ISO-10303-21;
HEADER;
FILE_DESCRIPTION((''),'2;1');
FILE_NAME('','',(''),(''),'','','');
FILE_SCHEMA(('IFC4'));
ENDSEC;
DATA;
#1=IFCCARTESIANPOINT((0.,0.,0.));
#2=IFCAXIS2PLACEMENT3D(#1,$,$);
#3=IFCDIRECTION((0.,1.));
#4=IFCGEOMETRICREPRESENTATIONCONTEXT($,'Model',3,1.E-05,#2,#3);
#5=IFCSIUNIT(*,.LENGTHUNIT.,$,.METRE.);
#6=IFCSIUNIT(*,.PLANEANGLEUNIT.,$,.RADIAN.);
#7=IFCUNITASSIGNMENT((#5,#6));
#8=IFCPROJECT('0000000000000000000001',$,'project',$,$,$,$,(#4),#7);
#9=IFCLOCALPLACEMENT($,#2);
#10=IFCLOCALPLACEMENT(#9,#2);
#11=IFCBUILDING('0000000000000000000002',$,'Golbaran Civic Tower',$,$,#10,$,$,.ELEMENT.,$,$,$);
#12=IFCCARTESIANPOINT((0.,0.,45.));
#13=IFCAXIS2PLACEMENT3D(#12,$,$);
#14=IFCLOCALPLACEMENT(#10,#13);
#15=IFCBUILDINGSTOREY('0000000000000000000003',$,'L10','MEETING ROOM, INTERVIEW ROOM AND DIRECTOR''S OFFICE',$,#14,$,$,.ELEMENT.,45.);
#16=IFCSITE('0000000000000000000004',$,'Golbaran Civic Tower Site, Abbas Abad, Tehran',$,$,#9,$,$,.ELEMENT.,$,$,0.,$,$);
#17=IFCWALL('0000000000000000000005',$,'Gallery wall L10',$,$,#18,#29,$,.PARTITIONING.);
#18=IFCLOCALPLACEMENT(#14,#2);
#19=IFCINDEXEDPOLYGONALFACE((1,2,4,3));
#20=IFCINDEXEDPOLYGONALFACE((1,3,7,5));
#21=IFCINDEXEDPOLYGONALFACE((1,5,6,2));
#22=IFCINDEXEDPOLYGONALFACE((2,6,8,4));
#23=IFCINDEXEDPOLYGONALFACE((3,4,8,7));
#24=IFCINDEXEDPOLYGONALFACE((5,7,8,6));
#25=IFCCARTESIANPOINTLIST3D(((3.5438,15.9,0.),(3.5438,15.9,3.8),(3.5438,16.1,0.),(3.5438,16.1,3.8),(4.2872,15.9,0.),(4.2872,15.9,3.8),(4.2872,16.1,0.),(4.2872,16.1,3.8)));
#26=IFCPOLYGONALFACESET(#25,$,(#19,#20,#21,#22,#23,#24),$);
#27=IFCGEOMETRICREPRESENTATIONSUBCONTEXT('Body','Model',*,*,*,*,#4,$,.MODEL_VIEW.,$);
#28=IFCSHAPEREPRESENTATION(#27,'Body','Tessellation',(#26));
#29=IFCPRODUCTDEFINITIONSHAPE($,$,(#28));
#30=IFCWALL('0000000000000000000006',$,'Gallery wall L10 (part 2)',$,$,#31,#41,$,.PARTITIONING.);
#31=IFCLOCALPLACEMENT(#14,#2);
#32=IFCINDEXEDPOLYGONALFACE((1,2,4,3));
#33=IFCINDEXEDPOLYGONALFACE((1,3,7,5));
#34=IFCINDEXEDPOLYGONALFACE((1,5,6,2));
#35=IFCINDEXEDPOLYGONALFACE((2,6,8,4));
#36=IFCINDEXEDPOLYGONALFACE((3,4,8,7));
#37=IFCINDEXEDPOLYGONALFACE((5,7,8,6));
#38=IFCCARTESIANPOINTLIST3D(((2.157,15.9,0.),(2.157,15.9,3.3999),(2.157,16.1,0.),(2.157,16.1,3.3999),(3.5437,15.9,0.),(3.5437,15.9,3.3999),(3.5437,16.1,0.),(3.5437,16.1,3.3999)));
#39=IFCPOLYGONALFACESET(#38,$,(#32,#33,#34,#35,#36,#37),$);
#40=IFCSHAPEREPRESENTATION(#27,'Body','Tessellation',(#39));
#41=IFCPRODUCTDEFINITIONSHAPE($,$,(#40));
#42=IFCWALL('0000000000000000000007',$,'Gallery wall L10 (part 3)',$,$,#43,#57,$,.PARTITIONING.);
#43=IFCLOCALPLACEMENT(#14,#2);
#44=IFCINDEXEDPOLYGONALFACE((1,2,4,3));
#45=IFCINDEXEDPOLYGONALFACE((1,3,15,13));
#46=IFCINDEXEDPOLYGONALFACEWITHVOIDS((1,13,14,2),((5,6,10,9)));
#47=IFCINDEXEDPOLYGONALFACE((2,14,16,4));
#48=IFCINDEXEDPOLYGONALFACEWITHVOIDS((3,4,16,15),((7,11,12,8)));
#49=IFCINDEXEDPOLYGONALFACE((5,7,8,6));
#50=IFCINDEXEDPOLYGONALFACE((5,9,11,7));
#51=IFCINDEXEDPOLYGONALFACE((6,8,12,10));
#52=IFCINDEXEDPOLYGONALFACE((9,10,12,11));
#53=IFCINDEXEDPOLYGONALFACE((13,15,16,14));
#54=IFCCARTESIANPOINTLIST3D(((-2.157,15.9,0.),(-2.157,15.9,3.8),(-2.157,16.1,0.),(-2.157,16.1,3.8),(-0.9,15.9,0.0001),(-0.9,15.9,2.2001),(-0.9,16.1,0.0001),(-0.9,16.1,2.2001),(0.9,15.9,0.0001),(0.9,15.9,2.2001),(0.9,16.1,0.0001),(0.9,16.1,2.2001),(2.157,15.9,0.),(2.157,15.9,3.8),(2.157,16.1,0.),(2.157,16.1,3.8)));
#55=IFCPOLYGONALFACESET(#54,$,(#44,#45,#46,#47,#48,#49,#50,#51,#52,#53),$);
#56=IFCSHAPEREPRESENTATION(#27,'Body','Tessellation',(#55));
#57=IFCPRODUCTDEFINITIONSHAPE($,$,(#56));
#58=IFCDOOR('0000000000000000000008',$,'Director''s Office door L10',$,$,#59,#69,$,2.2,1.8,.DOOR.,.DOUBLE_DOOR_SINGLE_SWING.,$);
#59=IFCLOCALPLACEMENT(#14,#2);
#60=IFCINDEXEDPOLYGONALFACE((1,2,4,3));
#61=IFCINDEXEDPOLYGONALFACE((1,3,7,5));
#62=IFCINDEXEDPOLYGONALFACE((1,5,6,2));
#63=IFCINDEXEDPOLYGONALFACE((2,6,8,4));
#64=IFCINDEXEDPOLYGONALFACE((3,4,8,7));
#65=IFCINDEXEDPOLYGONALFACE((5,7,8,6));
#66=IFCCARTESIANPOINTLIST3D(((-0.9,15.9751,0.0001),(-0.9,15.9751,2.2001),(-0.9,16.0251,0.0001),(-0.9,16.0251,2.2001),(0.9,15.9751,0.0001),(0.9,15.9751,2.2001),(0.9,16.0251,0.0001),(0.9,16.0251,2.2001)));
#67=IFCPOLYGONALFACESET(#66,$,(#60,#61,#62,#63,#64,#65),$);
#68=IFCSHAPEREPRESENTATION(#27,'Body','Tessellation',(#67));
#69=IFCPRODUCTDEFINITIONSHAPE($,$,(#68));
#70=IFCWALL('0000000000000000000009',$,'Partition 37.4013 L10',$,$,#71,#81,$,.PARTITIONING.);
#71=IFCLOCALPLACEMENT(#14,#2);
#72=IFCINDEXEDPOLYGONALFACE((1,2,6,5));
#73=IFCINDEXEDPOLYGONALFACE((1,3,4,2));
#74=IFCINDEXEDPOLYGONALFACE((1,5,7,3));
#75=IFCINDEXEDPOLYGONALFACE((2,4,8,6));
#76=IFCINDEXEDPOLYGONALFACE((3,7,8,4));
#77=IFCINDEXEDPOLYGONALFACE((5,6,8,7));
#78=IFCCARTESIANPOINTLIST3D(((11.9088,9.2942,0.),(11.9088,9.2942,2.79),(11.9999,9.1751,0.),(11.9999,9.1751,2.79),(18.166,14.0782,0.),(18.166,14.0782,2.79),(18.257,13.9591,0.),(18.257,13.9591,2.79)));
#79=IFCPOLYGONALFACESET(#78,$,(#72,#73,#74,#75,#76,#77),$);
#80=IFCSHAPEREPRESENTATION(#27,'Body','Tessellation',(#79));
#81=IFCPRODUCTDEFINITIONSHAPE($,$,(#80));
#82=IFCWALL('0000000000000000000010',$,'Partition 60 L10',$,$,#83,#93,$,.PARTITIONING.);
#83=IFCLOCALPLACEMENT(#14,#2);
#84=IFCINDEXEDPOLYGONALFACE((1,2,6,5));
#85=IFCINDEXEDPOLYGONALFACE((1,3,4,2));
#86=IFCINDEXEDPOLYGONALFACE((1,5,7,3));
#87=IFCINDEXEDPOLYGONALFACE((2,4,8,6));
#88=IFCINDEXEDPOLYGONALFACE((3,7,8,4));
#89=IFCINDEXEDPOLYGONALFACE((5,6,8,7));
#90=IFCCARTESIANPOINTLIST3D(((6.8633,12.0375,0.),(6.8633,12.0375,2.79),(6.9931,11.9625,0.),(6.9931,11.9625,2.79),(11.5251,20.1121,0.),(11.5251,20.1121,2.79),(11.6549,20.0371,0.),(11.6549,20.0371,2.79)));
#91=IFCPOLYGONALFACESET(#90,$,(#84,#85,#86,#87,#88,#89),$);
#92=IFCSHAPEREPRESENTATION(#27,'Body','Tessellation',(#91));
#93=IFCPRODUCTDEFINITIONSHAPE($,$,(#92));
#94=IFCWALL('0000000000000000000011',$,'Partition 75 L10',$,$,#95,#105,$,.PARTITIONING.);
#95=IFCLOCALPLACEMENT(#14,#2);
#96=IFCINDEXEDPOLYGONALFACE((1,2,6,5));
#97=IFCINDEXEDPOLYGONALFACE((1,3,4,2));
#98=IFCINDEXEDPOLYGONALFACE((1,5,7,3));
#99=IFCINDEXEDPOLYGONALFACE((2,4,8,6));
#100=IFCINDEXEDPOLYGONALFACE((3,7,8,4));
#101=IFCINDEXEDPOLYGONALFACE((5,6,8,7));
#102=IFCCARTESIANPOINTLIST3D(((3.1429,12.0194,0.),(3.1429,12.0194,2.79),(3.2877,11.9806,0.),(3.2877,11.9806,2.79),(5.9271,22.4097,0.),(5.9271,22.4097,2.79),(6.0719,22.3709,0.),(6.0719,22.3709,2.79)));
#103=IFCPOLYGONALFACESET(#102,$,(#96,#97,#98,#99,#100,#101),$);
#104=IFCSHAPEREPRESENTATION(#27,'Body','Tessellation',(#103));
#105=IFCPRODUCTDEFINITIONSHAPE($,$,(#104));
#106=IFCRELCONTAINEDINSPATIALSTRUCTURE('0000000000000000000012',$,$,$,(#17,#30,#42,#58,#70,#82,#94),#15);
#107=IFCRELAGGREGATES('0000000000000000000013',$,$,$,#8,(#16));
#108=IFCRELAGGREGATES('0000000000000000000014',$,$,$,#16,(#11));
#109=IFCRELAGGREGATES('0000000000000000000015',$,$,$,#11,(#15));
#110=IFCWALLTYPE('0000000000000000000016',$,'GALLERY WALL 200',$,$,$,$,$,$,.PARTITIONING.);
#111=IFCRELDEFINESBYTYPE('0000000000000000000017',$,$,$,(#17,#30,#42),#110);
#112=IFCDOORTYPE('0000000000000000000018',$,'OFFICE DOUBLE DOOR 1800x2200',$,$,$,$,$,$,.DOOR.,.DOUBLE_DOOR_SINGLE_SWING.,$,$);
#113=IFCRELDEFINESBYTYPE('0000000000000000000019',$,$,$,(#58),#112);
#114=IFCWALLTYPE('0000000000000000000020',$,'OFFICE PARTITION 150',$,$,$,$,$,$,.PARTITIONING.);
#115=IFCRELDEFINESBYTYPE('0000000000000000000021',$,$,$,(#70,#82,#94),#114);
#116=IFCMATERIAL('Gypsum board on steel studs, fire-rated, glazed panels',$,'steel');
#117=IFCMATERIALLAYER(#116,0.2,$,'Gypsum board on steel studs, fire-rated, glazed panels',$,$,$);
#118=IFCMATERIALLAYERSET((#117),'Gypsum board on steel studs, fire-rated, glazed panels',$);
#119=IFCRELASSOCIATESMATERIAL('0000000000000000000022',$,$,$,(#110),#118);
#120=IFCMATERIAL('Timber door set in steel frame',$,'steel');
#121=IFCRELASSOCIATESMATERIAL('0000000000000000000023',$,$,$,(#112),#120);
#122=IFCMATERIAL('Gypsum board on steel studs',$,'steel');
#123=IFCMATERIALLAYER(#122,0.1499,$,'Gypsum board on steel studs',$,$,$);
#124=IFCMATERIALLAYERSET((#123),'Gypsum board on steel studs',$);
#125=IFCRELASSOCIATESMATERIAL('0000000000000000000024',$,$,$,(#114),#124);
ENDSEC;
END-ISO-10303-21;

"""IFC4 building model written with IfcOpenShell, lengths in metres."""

from ifc_helpers import new_model, si_unit, direction, frame, frame_2d, origin, place, context, subcontext, project, spatial, rectangle, extrude, material, layer, layer_set, type_object, element, fill, save


model = new_model("IFC4")

# Units and contexts
model_context = context("Model", 3, precision=1e-05, world=origin(), true_north=direction((0.0, 1.0)))
body_context = subcontext(model_context, "Body", "Model", "MODEL_VIEW")
ifc_project = project(units=[si_unit("LENGTHUNIT", "METRE"), si_unit("PLANEANGLEUNIT", "RADIAN")], contexts=[model_context])

# Site, building, storey
site_placement = place(None, origin())
site = spatial("IfcSite", under=ifc_project, at=site_placement, Name="Golbaran Civic Tower Site, Abbas Abad, Tehran", CompositionType="ELEMENT", RefElevation=0.0)
building_placement = place(site_placement, origin())
building = spatial("IfcBuilding", under=site, at=building_placement, Name="Golbaran Civic Tower", CompositionType="ELEMENT")
storey_placement = place(building_placement, frame((0.0, 0.0, 45.0)))
storey = spatial("IfcBuildingStorey", under=building, at=storey_placement, Name="L10", Description="MEETING ROOM, INTERVIEW ROOM AND DIRECTOR'S OFFICE", CompositionType="ELEMENT", Elevation=45.0)

# Shared definitions
ifc_material_1 = material(Name="Timber door set in steel frame", Category="steel")

# Walls
ifc_material_2 = material(Name="Gypsum board on steel studs, fire-rated, glazed panels", Category="steel")
ifc_layer_1 = layer(ifc_material_2, 0.2, Name="Gypsum board on steel studs, fire-rated, glazed panels")
ifc_layer_set_1 = layer_set([ifc_layer_1], Name="Gypsum board on steel studs, fire-rated, glazed panels")
wall_type_1 = type_object("IfcWallType", Name="GALLERY WALL 200", PredefinedType="PARTITIONING", material=ifc_layer_set_1)
wall_1_placement = place(storey_placement, frame((4.2871, 16.0, 0.0), z_axis=(0.0, 0.0, 1.0), x_axis=(-1.0, 0.0, 0.0)))
element("IfcWall", 1, at=wall_1_placement, inside=storey, type_object=wall_type_1, Name="Gallery wall L10", PredefinedType="PARTITIONING", context=body_context, shape_type="SweptSolid", body=[
    extrude(rectangle(XDim=0.7434, YDim=0.2, at=frame_2d((0.3716, 0.0))), origin(), (0.0, 0.0, 1.0), 3.8),
])
wall_2_placement = place(storey_placement, frame((3.5437, 16.0, 0.0), z_axis=(0.0, 0.0, 1.0), x_axis=(-1.0, 0.0, 0.0)))
element("IfcWall", 2, at=wall_2_placement, inside=storey, type_object=wall_type_1, Name="Gallery wall L10 (part 2)", PredefinedType="PARTITIONING", context=body_context, shape_type="SweptSolid", body=[
    extrude(rectangle(XDim=1.3867, YDim=0.2, at=frame_2d((0.6934, 0.0))), origin(), (0.0, 0.0, 1.0), 3.3999),
])

# Wall, opening, door
wall_3_placement = place(storey_placement, frame((2.157, 16.0, 0.0), z_axis=(0.0, 0.0, 1.0), x_axis=(-1.0, 0.0, 0.0)))
wall_3 = element("IfcWall", 3, at=wall_3_placement, inside=storey, type_object=wall_type_1, Name="Gallery wall L10 (part 3)", PredefinedType="PARTITIONING", context=body_context, shape_type="SweptSolid", body=[
    extrude(rectangle(XDim=4.314, YDim=0.2, at=frame_2d((2.157, 0.0))), origin(), (0.0, 0.0, 1.0), 3.8),
])
opening_1_placement = place(wall_3_placement, frame((1.2571, 0.0, 0.0)))
opening_1 = element("IfcOpeningElement", 4, at=opening_1_placement, cuts=wall_3, PredefinedType="OPENING", context=body_context, shape_type="SweptSolid", body=[
    extrude(rectangle(XDim=1.8, YDim=2.2, at=frame_2d((0.8999, 1.1001))), frame((0.0, 0.1099, 0.0), z_axis=(0.0, -1.0, 0.0), x_axis=(1.0, 0.0, 0.0)), (0.0, 0.0, 1.0), 0.22),
])
door_type_1 = type_object("IfcDoorType", Name="OFFICE DOUBLE DOOR 1800x2200", OperationType="DOUBLE_DOOR_SINGLE_SWING", PredefinedType="DOOR", material=ifc_material_1)
door_1_placement = place(opening_1_placement, origin())
door_1 = element("IfcDoor", 5, at=door_1_placement, inside=storey, type_object=door_type_1, Name="Director's Office door L10", OperationType="DOUBLE_DOOR_SINGLE_SWING", OverallHeight=2.2, OverallWidth=1.8, PredefinedType="DOOR", context=body_context, shape_type="SweptSolid", body=[
    extrude(rectangle(XDim=1.8, YDim=2.2, at=frame_2d((0.8999, 1.1001))), frame((0.0, 0.0249, 0.0), z_axis=(0.0, -1.0, 0.0), x_axis=(1.0, 0.0, 0.0)), (0.0, 0.0, 1.0), 0.05),
])
fill(opening_1, door_1)

# Walls
ifc_material_3 = material(Name="Gypsum board on steel studs", Category="steel")
ifc_layer_2 = layer(ifc_material_3, 0.1499, Name="Gypsum board on steel studs")
ifc_layer_set_2 = layer_set([ifc_layer_2], Name="Gypsum board on steel studs")
wall_type_2 = type_object("IfcWallType", Name="OFFICE PARTITION 150", PredefinedType="PARTITIONING", material=ifc_layer_set_2)
wall_4_placement = place(storey_placement, frame((11.9543, 9.2346, 0.0), z_axis=(0.0, 0.0, 1.0), x_axis=(0.794412, 0.607379, 0.0)))
element("IfcWall", 6, at=wall_4_placement, inside=storey, type_object=wall_type_2, Name="Partition 37.4013 L10", PredefinedType="PARTITIONING", context=body_context, shape_type="SweptSolid", body=[
    extrude(rectangle(XDim=7.8765, YDim=0.1499, at=frame_2d((3.9382, 0.0))), origin(), (0.0, 0.0, 1.0), 2.79),
])
wall_5_placement = place(storey_placement, frame((6.9282, 12.0, 0.0), z_axis=(0.0, 0.0, 1.0), x_axis=(0.499994, 0.866029, 0.0)))
element("IfcWall", 7, at=wall_5_placement, inside=storey, type_object=wall_type_2, Name="Partition 60 L10", PredefinedType="PARTITIONING", context=body_context, shape_type="SweptSolid", body=[
    extrude(rectangle(XDim=9.3237, YDim=0.1499, at=frame_2d((4.6619, 0.0))), origin(), (0.0, 0.0, 1.0), 2.79),
])
wall_6_placement = place(storey_placement, frame((3.2153, 12.0, 0.0), z_axis=(0.0, 0.0, 1.0), x_axis=(0.258826, 0.965924, 0.0)))
element("IfcWall", 8, at=wall_6_placement, inside=storey, type_object=wall_type_2, Name="Partition 75 L10", PredefinedType="PARTITIONING", context=body_context, shape_type="SweptSolid", body=[
    extrude(rectangle(XDim=10.7568, YDim=0.1499, at=frame_2d((5.3784, 0.0))), origin(), (0.0, 0.0, 1.0), 2.79),
])

save(model, "model.ifc")
